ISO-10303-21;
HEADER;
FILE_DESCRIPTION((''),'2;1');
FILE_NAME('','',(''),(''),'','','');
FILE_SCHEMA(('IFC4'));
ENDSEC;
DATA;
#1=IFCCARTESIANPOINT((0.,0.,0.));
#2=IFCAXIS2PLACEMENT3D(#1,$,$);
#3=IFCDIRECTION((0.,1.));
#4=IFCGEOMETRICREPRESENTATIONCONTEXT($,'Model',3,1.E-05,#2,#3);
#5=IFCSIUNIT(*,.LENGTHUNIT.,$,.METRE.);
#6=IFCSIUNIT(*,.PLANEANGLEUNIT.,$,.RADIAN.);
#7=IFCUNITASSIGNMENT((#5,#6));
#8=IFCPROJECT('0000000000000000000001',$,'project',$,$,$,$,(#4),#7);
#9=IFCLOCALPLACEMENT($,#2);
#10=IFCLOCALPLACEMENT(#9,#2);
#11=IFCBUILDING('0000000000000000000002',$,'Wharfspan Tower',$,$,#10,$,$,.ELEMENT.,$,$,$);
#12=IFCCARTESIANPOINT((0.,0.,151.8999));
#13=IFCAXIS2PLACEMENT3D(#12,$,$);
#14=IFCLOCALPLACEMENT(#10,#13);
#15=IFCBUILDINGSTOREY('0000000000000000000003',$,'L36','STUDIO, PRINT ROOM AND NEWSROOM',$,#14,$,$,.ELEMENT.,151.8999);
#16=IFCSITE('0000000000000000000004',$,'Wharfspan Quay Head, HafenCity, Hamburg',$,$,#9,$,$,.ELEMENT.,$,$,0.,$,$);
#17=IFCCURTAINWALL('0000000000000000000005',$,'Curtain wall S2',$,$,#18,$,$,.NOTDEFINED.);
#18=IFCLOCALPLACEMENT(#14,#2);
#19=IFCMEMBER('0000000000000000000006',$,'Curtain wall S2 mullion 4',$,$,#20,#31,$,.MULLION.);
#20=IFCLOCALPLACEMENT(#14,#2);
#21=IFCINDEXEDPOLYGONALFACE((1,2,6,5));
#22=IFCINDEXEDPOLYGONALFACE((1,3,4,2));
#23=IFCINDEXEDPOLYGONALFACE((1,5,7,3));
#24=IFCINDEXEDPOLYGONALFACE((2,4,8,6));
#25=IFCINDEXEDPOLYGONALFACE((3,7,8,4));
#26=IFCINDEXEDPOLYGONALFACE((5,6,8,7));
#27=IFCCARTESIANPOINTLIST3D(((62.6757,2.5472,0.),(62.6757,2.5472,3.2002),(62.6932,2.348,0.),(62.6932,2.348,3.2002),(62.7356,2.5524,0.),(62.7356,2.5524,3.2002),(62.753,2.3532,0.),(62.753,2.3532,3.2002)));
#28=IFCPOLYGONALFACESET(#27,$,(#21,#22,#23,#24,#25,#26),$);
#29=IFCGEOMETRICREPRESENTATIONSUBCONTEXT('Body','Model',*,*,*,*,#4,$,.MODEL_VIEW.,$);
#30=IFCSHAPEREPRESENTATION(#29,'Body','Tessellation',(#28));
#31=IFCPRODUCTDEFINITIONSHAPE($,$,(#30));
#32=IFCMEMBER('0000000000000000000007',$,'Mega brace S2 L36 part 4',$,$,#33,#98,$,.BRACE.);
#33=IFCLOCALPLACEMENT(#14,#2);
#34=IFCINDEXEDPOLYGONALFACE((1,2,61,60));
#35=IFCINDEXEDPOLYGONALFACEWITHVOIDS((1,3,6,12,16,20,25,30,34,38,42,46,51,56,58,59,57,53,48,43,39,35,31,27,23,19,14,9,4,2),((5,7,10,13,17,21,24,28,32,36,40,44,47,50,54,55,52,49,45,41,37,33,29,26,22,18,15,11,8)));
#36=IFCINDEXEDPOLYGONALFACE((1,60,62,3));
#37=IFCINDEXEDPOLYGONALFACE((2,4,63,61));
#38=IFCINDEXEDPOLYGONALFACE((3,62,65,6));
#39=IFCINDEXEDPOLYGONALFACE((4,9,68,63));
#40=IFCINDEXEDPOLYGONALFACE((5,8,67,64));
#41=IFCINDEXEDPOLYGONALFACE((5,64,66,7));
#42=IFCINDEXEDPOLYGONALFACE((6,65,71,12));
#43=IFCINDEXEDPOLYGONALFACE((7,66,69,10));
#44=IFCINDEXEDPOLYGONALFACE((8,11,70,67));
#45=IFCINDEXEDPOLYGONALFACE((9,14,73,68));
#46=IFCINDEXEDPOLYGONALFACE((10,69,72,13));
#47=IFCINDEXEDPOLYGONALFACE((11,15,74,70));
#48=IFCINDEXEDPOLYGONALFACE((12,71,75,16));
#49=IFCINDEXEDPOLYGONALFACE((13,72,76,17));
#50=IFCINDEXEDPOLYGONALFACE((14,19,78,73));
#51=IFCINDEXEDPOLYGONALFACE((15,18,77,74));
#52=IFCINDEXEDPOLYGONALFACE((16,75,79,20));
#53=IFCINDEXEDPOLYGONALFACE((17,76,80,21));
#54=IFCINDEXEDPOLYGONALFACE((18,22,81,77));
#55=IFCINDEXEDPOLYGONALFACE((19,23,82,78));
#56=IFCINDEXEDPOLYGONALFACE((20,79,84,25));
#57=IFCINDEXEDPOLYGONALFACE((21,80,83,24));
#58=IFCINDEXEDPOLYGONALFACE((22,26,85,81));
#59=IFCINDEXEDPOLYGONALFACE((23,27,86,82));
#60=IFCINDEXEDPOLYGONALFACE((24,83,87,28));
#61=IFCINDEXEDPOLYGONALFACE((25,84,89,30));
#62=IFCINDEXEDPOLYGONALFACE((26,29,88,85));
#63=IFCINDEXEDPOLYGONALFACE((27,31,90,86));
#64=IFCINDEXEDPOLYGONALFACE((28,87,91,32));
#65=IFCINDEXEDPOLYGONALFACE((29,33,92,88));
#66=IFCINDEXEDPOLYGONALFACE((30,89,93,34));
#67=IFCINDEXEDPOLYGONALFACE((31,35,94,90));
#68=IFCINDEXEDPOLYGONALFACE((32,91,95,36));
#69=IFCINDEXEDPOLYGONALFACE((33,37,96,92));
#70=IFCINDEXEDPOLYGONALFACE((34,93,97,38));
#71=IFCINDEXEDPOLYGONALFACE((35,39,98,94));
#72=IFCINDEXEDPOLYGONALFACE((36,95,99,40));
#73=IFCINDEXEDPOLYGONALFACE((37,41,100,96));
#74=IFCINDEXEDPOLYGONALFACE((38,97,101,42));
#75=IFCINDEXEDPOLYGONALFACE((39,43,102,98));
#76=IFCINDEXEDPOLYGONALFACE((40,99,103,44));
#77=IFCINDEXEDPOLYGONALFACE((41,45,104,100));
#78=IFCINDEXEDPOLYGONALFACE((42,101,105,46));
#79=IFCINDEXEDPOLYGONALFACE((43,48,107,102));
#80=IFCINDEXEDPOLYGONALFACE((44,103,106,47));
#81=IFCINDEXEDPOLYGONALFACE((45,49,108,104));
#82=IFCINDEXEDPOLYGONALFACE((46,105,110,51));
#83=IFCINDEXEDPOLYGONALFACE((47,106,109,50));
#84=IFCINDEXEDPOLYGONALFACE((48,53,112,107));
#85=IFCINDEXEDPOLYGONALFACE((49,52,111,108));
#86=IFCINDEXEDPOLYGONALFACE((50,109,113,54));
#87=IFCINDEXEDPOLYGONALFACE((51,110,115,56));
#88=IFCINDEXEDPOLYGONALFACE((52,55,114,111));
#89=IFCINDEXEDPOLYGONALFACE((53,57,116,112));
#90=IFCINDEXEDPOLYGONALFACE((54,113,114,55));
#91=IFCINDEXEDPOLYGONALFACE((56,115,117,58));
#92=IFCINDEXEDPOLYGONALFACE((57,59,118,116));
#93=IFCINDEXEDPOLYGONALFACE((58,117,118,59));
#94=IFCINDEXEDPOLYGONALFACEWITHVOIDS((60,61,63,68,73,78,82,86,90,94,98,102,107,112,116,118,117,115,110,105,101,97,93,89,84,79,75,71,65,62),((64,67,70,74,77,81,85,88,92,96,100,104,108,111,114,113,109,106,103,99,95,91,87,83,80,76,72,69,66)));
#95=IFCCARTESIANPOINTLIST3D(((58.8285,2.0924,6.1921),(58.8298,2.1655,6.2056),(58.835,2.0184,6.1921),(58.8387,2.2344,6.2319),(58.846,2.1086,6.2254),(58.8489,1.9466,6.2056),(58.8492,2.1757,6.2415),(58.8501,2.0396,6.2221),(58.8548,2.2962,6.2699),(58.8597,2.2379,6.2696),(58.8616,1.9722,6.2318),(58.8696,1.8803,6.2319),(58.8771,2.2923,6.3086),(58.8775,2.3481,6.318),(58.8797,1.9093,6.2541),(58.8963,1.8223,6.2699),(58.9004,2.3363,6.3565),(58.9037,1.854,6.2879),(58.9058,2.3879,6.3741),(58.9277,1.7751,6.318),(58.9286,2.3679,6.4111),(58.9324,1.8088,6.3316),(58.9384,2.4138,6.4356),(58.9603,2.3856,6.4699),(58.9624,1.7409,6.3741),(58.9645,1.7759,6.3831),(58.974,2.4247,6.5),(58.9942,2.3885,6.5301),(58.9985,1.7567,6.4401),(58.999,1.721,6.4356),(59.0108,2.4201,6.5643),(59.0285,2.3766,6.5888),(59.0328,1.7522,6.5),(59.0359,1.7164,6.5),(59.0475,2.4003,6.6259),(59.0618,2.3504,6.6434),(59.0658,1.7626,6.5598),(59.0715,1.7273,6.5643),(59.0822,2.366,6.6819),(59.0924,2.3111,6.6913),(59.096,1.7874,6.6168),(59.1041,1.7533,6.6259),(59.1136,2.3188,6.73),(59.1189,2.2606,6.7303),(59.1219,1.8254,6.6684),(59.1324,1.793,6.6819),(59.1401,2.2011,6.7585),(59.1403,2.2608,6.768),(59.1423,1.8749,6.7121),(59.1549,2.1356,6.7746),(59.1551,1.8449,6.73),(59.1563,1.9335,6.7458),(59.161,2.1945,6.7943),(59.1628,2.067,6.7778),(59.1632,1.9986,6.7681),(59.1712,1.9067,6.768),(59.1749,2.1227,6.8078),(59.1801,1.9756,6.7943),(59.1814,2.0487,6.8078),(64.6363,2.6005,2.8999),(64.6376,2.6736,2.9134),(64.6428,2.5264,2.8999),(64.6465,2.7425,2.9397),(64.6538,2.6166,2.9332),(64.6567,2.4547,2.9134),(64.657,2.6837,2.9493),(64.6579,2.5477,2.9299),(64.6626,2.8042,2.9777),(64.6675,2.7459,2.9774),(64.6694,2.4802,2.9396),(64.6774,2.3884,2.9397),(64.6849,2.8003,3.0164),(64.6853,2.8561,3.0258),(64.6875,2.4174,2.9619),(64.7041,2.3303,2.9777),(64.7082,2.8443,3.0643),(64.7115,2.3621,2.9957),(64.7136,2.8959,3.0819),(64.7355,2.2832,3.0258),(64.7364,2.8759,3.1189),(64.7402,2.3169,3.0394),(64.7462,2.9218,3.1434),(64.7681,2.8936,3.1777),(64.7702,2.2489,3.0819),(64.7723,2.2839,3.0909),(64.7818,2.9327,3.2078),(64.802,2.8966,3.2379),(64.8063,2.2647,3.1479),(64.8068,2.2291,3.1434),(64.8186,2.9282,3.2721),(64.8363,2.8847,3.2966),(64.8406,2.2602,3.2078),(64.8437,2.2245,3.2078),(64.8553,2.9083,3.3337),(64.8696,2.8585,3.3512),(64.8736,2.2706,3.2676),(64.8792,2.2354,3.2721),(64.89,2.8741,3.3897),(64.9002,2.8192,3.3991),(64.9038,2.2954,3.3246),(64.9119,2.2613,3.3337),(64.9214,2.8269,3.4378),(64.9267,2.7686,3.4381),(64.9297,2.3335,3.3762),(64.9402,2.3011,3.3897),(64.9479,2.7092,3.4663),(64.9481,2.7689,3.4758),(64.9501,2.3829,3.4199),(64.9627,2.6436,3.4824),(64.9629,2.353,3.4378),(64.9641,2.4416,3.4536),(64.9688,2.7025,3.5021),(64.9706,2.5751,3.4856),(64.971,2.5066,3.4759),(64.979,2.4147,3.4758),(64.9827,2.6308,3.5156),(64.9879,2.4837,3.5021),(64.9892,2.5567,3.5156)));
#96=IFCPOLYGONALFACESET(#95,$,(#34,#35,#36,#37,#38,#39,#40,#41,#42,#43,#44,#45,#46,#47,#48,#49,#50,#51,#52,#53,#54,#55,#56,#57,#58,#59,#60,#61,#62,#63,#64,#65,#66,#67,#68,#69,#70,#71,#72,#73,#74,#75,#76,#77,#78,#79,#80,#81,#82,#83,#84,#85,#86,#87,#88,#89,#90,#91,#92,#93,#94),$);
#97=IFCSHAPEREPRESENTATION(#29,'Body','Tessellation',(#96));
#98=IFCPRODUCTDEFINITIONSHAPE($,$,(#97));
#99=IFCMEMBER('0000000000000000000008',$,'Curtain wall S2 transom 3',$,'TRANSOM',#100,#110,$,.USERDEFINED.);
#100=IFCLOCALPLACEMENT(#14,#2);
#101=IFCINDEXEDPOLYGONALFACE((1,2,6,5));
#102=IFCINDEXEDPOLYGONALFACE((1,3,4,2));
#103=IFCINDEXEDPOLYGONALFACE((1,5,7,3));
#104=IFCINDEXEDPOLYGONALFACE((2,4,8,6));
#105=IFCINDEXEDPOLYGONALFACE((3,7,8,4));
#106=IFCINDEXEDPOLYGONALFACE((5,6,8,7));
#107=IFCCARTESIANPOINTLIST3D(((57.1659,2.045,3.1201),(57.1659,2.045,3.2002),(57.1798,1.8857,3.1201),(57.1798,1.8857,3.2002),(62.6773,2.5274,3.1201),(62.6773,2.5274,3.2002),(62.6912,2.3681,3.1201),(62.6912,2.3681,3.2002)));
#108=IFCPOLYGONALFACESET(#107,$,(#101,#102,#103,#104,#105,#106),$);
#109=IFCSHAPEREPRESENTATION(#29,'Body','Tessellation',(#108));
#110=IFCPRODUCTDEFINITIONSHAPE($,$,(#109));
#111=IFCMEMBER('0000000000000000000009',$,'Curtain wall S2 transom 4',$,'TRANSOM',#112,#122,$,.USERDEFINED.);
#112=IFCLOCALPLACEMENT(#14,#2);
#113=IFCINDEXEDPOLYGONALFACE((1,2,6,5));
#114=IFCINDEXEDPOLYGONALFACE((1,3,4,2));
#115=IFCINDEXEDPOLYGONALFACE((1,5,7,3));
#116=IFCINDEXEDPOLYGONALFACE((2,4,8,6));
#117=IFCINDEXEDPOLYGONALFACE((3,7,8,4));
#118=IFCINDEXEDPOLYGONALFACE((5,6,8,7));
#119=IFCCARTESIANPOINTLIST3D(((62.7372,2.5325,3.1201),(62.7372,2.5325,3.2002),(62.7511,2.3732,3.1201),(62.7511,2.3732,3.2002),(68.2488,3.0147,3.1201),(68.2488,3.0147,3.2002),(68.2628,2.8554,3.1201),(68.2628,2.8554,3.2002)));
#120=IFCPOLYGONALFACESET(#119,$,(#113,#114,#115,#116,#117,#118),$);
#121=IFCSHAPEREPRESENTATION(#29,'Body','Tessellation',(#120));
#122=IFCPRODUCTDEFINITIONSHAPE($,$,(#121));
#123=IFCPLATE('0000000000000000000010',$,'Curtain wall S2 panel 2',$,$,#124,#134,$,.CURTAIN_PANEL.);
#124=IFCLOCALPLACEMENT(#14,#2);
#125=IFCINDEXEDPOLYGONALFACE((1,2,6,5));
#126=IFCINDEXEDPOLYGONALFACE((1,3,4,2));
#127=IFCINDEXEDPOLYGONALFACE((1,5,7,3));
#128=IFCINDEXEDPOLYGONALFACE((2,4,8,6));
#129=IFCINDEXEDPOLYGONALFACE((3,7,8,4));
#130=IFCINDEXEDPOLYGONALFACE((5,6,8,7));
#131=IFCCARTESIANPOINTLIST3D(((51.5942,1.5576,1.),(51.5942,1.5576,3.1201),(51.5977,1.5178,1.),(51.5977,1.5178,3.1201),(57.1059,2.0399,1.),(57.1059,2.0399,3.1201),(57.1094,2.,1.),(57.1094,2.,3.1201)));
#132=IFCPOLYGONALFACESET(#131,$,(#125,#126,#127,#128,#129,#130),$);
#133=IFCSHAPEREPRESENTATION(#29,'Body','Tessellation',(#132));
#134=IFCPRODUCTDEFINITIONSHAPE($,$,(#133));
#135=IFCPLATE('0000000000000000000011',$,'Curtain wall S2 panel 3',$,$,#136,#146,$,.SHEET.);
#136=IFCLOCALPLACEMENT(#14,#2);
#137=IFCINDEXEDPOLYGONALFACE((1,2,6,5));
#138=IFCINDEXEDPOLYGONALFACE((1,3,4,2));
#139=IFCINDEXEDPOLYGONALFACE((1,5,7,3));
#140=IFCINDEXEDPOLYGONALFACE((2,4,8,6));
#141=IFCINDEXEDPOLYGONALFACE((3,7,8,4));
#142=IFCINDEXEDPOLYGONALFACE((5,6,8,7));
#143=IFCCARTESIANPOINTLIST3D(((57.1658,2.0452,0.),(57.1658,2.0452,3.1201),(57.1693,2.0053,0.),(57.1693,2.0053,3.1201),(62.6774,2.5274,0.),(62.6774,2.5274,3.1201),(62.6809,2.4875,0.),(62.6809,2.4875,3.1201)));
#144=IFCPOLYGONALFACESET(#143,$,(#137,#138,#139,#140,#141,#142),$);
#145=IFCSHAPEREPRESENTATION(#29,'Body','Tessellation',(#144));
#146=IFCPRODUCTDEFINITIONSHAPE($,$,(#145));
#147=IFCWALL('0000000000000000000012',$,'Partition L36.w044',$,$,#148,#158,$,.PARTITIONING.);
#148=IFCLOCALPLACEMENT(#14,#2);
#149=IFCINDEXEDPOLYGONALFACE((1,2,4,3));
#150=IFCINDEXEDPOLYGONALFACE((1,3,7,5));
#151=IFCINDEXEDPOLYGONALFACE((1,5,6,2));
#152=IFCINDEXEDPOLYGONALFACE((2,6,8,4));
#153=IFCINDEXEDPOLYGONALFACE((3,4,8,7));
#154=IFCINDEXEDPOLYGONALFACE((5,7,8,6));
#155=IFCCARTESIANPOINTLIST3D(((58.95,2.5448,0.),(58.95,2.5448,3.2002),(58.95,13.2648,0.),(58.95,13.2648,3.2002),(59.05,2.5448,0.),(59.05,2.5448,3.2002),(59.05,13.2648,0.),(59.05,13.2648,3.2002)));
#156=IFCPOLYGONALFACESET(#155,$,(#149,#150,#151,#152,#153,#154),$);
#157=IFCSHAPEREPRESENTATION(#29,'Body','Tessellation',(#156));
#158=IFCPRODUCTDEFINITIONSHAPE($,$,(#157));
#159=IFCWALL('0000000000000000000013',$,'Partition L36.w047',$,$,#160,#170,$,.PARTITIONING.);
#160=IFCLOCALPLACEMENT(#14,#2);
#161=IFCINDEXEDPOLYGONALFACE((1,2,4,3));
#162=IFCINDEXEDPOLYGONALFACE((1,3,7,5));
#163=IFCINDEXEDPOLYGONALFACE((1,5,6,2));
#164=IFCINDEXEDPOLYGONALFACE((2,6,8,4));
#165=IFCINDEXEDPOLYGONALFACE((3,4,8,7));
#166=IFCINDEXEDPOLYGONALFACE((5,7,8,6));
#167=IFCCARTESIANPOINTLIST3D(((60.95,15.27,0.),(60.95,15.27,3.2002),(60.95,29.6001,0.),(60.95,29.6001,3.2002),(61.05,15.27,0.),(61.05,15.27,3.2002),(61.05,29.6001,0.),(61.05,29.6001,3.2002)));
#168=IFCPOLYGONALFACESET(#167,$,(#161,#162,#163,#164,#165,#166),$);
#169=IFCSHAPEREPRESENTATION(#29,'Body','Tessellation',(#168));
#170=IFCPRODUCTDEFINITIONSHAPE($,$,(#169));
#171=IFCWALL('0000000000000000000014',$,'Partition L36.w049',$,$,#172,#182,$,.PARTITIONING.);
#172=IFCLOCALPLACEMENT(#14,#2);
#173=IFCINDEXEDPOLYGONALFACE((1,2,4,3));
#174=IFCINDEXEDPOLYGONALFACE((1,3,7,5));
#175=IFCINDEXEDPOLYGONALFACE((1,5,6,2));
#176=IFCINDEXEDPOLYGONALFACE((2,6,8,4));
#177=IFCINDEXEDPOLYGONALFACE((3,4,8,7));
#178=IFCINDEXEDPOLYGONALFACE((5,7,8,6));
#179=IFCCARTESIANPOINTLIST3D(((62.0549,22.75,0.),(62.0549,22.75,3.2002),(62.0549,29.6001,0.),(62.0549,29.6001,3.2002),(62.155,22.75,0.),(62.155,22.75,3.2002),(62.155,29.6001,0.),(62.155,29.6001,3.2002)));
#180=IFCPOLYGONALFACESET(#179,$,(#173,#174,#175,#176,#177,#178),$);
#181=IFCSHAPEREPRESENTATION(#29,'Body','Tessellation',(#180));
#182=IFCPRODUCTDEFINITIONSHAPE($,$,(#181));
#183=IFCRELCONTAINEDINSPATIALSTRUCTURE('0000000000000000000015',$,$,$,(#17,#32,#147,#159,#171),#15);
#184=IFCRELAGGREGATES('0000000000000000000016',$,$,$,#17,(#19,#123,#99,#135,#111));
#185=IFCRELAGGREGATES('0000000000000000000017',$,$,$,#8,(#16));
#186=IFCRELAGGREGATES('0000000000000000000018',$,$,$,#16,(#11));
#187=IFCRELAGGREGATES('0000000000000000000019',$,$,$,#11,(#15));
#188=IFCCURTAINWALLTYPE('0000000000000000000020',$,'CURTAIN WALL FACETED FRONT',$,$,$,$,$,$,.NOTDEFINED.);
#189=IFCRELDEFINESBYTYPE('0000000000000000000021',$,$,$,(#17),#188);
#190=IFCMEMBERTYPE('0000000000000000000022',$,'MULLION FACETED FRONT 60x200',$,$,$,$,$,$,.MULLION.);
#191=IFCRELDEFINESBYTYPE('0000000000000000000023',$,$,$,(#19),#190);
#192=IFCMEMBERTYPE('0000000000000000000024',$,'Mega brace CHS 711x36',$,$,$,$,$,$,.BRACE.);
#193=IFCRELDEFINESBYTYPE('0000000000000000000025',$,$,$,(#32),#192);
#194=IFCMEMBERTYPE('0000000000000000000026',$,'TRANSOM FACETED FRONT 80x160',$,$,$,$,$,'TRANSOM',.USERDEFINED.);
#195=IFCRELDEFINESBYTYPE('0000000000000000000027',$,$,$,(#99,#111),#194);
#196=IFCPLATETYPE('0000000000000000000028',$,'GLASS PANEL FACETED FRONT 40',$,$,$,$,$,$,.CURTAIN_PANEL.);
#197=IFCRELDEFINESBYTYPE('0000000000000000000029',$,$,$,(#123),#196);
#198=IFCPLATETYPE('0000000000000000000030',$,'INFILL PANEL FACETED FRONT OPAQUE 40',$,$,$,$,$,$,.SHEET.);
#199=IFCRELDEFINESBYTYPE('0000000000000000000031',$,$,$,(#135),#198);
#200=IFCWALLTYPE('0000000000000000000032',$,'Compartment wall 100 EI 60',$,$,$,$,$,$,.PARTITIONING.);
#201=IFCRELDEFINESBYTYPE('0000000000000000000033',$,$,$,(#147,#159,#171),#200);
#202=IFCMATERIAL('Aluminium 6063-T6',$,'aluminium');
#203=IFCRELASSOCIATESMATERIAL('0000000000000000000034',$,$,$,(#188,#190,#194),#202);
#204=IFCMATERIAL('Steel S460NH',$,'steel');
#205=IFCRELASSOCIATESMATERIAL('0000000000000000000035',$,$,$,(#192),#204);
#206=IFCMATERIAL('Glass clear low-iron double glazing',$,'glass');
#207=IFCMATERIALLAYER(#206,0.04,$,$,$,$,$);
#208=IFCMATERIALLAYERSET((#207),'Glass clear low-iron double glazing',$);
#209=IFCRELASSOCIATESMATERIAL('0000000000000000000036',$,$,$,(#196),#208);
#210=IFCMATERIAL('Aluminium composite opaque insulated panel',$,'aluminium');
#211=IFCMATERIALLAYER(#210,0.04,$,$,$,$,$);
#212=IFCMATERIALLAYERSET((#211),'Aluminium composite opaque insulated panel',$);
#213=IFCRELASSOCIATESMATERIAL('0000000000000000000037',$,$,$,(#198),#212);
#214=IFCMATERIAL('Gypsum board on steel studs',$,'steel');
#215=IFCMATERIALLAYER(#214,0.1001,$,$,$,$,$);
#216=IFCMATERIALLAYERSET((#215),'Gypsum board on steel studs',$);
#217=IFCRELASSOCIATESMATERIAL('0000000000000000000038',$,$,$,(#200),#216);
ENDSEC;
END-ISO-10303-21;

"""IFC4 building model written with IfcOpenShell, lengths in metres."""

from ifc_helpers import new_model, si_unit, direction, frame, frame_2d, origin, origin_2d, place, context, subcontext, project, spatial, rectangle, hollow_circle, extrude, material, layer, layer_set, material_profile, profile_set, type_object, element, aggregate, save


model = new_model("IFC4")

# Units and contexts
model_context = context("Model", 3, precision=1e-05, world=origin(), true_north=direction((0.0, 1.0)))
body_context = subcontext(model_context, "Body", "Model", "MODEL_VIEW")
ifc_project = project(units=[si_unit("LENGTHUNIT", "METRE"), si_unit("PLANEANGLEUNIT", "RADIAN")], contexts=[model_context])

# Site, building, storey
site_placement = place(None, origin())
site = spatial("IfcSite", under=ifc_project, at=site_placement, Name="Wharfspan Quay Head, HafenCity, Hamburg", CompositionType="ELEMENT", RefElevation=0.0)
building_placement = place(site_placement, origin())
building = spatial("IfcBuilding", under=site, at=building_placement, Name="Wharfspan Tower", CompositionType="ELEMENT")
storey_placement = place(building_placement, frame((0.0, 0.0, 151.8999)))
storey = spatial("IfcBuildingStorey", under=building, at=storey_placement, Name="L36", Description="STUDIO, PRINT ROOM AND NEWSROOM", CompositionType="ELEMENT", Elevation=151.8999)

# Shared definitions
ifc_material_1 = material(Name="Steel S460NH", Category="steel")

# Curtain wall, member
ifc_material_2 = material(Name="Aluminium 6063-T6", Category="aluminium")
curtain_wall_type = type_object("IfcCurtainWallType", Name="CURTAIN WALL FACETED FRONT", PredefinedType="NOTDEFINED", material=ifc_material_2)
curtain_wall_placement = place(storey_placement, origin())
curtain_wall = element("IfcCurtainWall", 1, at=curtain_wall_placement, inside=storey, type_object=curtain_wall_type, Name="Curtain wall S2", PredefinedType="NOTDEFINED")
ifc_material_profile_1 = material_profile(ifc_material_2, rectangle(XDim=0.2, YDim=0.0601, at=origin_2d()))
ifc_profile_set_1 = profile_set([ifc_material_profile_1], Name="Aluminium 6063-T6")
member_type_1 = type_object("IfcMemberType", Name="MULLION FACETED FRONT 60x200", PredefinedType="MULLION", material=ifc_profile_set_1)
member_1_placement = place(storey_placement, frame((62.7144, 2.4502, 0.0), z_axis=(0.0, 0.0, 1.0), x_axis=(-0.087156, 0.996198, 0.0)))
member_1 = element("IfcMember", 2, at=member_1_placement, type_object=member_type_1, Name="Curtain wall S2 mullion 4", PredefinedType="MULLION", context=body_context, shape_type="SweptSolid", body=[
    extrude(rectangle(XDim=0.2, YDim=0.0601, at=origin_2d()), origin(), (0.0, 0.0, 1.0), 3.2002),
])

# Members
ifc_material_profile_2 = material_profile(ifc_material_1, hollow_circle(Radius=0.3555, WallThickness=0.0359, at=origin_2d()))
ifc_profile_set_2 = profile_set([ifc_material_profile_2], Name="Steel S460NH")
member_type_2 = type_object("IfcMemberType", Name="Mega brace CHS 711x36", PredefinedType="BRACE", material=ifc_profile_set_2)
member_2_placement = place(storey_placement, frame((64.8127, 2.5786, 3.2078), z_axis=(-0.867442, -0.075882, 0.491717), x_axis=(0.087146, -0.996193, 0.000002)))
element("IfcMember", 3, at=member_2_placement, inside=storey, type_object=member_type_2, Name="Mega brace S2 L36 part 4", PredefinedType="BRACE", context=body_context, shape_type="SweptSolid", body=[
    extrude(hollow_circle(Radius=0.3555, WallThickness=0.0359, at=origin_2d()), origin(), (0.0, 0.0, 1.0), 6.6953),
])
ifc_material_profile_3 = material_profile(ifc_material_2, rectangle(XDim=0.1599, YDim=0.0801, at=origin_2d()))
ifc_profile_set_3 = profile_set([ifc_material_profile_3], Name="Aluminium 6063-T6")
member_type_3 = type_object("IfcMemberType", Name="TRANSOM FACETED FRONT 80x160", ElementType="TRANSOM", PredefinedType="USERDEFINED", material=ifc_profile_set_3)
member_3_placement = place(storey_placement, frame((57.1729, 1.9653, 3.1602), z_axis=(0.996191, 0.087197, 0.0), x_axis=(-0.087197, 0.996191, 0.0)))
member_3 = element("IfcMember", 4, at=member_3_placement, type_object=member_type_3, Name="Curtain wall S2 transom 3", ObjectType="TRANSOM", PredefinedType="USERDEFINED", context=body_context, shape_type="SweptSolid", body=[
    extrude(rectangle(XDim=0.1599, YDim=0.0801, at=origin_2d()), origin(), (0.0, 0.0, 1.0), 5.5325),
])
member_4_placement = place(storey_placement, frame((62.7441, 2.4529, 3.1602), z_axis=(0.996195, 0.087149, 0.0), x_axis=(-0.087149, 0.996195, 0.0)))
member_4 = element("IfcMember", 5, at=member_4_placement, type_object=member_type_3, Name="Curtain wall S2 transom 4", ObjectType="TRANSOM", PredefinedType="USERDEFINED", context=body_context, shape_type="SweptSolid", body=[
    extrude(rectangle(XDim=0.1599, YDim=0.0801, at=origin_2d()), origin(), (0.0, 0.0, 1.0), 5.5327),
])

# Plates
ifc_material_3 = material(Name="Glass clear low-iron double glazing", Category="glass")
ifc_layer_1 = layer(ifc_material_3, 0.04)
ifc_layer_set_1 = layer_set([ifc_layer_1], Name="Glass clear low-iron double glazing")
plate_type_1 = type_object("IfcPlateType", Name="GLASS PANEL FACETED FRONT 40", PredefinedType="CURTAIN_PANEL", material=ifc_layer_set_1)
plate_1_placement = place(storey_placement, frame((54.3518, 1.7788, 1.0), z_axis=(0.0, 0.0, 1.0), x_axis=(0.996198, 0.087156, 0.0)))
plate_1 = element("IfcPlate", 6, at=plate_1_placement, type_object=plate_type_1, Name="Curtain wall S2 panel 2", PredefinedType="CURTAIN_PANEL", context=body_context, shape_type="SweptSolid", body=[
    extrude(rectangle(XDim=5.5327, YDim=0.04, at=origin_2d()), origin(), (0.0, 0.0, 1.0), 2.1201),
])
ifc_material_4 = material(Name="Aluminium composite opaque insulated panel", Category="aluminium")
ifc_layer_2 = layer(ifc_material_4, 0.04)
ifc_layer_set_2 = layer_set([ifc_layer_2], Name="Aluminium composite opaque insulated panel")
plate_type_2 = type_object("IfcPlateType", Name="INFILL PANEL FACETED FRONT OPAQUE 40", PredefinedType="SHEET", material=ifc_layer_set_2)
plate_2_placement = place(storey_placement, frame((59.9233, 2.2664, 0.0), z_axis=(0.0, 0.0, 1.0), x_axis=(0.996198, 0.087156, 0.0)))
plate_2 = element("IfcPlate", 7, at=plate_2_placement, type_object=plate_type_2, Name="Curtain wall S2 panel 3", PredefinedType="SHEET", context=body_context, shape_type="SweptSolid", body=[
    extrude(rectangle(XDim=5.5327, YDim=0.04, at=origin_2d()), origin(), (0.0, 0.0, 1.0), 3.1201),
])
aggregate(curtain_wall, [member_1, plate_1, member_3, plate_2, member_4])

# Walls
ifc_material_5 = material(Name="Gypsum board on steel studs", Category="steel")
ifc_layer_3 = layer(ifc_material_5, 0.1001)
ifc_layer_set_3 = layer_set([ifc_layer_3], Name="Gypsum board on steel studs")
wall_type_1 = type_object("IfcWallType", Name="Compartment wall 100 EI 60", PredefinedType="PARTITIONING", material=ifc_layer_set_3)
wall_1_placement = place(storey_placement, frame((59.0, 2.5449, 0.0), z_axis=(0.0, 0.0, 1.0), x_axis=(0.0, 1.0, 0.0)))
element("IfcWall", 8, at=wall_1_placement, inside=storey, type_object=wall_type_1, Name="Partition L36.w044", PredefinedType="PARTITIONING", context=body_context, shape_type="SweptSolid", body=[
    extrude(rectangle(XDim=10.72, YDim=0.1001, at=frame_2d((5.3599, 0.0))), origin(), (0.0, 0.0, 1.0), 3.2002),
])
wall_2_placement = place(storey_placement, frame((61.0, 15.27, 0.0), z_axis=(0.0, 0.0, 1.0), x_axis=(0.0, 1.0, 0.0)))
element("IfcWall", 9, at=wall_2_placement, inside=storey, type_object=wall_type_1, Name="Partition L36.w047", PredefinedType="PARTITIONING", context=body_context, shape_type="SweptSolid", body=[
    extrude(rectangle(XDim=14.3301, YDim=0.1001, at=frame_2d((7.165, 0.0))), origin(), (0.0, 0.0, 1.0), 3.2002),
])
wall_3_placement = place(storey_placement, frame((62.105, 22.75, 0.0), z_axis=(0.0, 0.0, 1.0), x_axis=(0.0, 1.0, 0.0)))
element("IfcWall", 10, at=wall_3_placement, inside=storey, type_object=wall_type_1, Name="Partition L36.w049", PredefinedType="PARTITIONING", context=body_context, shape_type="SweptSolid", body=[
    extrude(rectangle(XDim=6.8501, YDim=0.1001, at=frame_2d((3.425, 0.0))), origin(), (0.0, 0.0, 1.0), 3.2002),
])

save(model, "model.ifc")
